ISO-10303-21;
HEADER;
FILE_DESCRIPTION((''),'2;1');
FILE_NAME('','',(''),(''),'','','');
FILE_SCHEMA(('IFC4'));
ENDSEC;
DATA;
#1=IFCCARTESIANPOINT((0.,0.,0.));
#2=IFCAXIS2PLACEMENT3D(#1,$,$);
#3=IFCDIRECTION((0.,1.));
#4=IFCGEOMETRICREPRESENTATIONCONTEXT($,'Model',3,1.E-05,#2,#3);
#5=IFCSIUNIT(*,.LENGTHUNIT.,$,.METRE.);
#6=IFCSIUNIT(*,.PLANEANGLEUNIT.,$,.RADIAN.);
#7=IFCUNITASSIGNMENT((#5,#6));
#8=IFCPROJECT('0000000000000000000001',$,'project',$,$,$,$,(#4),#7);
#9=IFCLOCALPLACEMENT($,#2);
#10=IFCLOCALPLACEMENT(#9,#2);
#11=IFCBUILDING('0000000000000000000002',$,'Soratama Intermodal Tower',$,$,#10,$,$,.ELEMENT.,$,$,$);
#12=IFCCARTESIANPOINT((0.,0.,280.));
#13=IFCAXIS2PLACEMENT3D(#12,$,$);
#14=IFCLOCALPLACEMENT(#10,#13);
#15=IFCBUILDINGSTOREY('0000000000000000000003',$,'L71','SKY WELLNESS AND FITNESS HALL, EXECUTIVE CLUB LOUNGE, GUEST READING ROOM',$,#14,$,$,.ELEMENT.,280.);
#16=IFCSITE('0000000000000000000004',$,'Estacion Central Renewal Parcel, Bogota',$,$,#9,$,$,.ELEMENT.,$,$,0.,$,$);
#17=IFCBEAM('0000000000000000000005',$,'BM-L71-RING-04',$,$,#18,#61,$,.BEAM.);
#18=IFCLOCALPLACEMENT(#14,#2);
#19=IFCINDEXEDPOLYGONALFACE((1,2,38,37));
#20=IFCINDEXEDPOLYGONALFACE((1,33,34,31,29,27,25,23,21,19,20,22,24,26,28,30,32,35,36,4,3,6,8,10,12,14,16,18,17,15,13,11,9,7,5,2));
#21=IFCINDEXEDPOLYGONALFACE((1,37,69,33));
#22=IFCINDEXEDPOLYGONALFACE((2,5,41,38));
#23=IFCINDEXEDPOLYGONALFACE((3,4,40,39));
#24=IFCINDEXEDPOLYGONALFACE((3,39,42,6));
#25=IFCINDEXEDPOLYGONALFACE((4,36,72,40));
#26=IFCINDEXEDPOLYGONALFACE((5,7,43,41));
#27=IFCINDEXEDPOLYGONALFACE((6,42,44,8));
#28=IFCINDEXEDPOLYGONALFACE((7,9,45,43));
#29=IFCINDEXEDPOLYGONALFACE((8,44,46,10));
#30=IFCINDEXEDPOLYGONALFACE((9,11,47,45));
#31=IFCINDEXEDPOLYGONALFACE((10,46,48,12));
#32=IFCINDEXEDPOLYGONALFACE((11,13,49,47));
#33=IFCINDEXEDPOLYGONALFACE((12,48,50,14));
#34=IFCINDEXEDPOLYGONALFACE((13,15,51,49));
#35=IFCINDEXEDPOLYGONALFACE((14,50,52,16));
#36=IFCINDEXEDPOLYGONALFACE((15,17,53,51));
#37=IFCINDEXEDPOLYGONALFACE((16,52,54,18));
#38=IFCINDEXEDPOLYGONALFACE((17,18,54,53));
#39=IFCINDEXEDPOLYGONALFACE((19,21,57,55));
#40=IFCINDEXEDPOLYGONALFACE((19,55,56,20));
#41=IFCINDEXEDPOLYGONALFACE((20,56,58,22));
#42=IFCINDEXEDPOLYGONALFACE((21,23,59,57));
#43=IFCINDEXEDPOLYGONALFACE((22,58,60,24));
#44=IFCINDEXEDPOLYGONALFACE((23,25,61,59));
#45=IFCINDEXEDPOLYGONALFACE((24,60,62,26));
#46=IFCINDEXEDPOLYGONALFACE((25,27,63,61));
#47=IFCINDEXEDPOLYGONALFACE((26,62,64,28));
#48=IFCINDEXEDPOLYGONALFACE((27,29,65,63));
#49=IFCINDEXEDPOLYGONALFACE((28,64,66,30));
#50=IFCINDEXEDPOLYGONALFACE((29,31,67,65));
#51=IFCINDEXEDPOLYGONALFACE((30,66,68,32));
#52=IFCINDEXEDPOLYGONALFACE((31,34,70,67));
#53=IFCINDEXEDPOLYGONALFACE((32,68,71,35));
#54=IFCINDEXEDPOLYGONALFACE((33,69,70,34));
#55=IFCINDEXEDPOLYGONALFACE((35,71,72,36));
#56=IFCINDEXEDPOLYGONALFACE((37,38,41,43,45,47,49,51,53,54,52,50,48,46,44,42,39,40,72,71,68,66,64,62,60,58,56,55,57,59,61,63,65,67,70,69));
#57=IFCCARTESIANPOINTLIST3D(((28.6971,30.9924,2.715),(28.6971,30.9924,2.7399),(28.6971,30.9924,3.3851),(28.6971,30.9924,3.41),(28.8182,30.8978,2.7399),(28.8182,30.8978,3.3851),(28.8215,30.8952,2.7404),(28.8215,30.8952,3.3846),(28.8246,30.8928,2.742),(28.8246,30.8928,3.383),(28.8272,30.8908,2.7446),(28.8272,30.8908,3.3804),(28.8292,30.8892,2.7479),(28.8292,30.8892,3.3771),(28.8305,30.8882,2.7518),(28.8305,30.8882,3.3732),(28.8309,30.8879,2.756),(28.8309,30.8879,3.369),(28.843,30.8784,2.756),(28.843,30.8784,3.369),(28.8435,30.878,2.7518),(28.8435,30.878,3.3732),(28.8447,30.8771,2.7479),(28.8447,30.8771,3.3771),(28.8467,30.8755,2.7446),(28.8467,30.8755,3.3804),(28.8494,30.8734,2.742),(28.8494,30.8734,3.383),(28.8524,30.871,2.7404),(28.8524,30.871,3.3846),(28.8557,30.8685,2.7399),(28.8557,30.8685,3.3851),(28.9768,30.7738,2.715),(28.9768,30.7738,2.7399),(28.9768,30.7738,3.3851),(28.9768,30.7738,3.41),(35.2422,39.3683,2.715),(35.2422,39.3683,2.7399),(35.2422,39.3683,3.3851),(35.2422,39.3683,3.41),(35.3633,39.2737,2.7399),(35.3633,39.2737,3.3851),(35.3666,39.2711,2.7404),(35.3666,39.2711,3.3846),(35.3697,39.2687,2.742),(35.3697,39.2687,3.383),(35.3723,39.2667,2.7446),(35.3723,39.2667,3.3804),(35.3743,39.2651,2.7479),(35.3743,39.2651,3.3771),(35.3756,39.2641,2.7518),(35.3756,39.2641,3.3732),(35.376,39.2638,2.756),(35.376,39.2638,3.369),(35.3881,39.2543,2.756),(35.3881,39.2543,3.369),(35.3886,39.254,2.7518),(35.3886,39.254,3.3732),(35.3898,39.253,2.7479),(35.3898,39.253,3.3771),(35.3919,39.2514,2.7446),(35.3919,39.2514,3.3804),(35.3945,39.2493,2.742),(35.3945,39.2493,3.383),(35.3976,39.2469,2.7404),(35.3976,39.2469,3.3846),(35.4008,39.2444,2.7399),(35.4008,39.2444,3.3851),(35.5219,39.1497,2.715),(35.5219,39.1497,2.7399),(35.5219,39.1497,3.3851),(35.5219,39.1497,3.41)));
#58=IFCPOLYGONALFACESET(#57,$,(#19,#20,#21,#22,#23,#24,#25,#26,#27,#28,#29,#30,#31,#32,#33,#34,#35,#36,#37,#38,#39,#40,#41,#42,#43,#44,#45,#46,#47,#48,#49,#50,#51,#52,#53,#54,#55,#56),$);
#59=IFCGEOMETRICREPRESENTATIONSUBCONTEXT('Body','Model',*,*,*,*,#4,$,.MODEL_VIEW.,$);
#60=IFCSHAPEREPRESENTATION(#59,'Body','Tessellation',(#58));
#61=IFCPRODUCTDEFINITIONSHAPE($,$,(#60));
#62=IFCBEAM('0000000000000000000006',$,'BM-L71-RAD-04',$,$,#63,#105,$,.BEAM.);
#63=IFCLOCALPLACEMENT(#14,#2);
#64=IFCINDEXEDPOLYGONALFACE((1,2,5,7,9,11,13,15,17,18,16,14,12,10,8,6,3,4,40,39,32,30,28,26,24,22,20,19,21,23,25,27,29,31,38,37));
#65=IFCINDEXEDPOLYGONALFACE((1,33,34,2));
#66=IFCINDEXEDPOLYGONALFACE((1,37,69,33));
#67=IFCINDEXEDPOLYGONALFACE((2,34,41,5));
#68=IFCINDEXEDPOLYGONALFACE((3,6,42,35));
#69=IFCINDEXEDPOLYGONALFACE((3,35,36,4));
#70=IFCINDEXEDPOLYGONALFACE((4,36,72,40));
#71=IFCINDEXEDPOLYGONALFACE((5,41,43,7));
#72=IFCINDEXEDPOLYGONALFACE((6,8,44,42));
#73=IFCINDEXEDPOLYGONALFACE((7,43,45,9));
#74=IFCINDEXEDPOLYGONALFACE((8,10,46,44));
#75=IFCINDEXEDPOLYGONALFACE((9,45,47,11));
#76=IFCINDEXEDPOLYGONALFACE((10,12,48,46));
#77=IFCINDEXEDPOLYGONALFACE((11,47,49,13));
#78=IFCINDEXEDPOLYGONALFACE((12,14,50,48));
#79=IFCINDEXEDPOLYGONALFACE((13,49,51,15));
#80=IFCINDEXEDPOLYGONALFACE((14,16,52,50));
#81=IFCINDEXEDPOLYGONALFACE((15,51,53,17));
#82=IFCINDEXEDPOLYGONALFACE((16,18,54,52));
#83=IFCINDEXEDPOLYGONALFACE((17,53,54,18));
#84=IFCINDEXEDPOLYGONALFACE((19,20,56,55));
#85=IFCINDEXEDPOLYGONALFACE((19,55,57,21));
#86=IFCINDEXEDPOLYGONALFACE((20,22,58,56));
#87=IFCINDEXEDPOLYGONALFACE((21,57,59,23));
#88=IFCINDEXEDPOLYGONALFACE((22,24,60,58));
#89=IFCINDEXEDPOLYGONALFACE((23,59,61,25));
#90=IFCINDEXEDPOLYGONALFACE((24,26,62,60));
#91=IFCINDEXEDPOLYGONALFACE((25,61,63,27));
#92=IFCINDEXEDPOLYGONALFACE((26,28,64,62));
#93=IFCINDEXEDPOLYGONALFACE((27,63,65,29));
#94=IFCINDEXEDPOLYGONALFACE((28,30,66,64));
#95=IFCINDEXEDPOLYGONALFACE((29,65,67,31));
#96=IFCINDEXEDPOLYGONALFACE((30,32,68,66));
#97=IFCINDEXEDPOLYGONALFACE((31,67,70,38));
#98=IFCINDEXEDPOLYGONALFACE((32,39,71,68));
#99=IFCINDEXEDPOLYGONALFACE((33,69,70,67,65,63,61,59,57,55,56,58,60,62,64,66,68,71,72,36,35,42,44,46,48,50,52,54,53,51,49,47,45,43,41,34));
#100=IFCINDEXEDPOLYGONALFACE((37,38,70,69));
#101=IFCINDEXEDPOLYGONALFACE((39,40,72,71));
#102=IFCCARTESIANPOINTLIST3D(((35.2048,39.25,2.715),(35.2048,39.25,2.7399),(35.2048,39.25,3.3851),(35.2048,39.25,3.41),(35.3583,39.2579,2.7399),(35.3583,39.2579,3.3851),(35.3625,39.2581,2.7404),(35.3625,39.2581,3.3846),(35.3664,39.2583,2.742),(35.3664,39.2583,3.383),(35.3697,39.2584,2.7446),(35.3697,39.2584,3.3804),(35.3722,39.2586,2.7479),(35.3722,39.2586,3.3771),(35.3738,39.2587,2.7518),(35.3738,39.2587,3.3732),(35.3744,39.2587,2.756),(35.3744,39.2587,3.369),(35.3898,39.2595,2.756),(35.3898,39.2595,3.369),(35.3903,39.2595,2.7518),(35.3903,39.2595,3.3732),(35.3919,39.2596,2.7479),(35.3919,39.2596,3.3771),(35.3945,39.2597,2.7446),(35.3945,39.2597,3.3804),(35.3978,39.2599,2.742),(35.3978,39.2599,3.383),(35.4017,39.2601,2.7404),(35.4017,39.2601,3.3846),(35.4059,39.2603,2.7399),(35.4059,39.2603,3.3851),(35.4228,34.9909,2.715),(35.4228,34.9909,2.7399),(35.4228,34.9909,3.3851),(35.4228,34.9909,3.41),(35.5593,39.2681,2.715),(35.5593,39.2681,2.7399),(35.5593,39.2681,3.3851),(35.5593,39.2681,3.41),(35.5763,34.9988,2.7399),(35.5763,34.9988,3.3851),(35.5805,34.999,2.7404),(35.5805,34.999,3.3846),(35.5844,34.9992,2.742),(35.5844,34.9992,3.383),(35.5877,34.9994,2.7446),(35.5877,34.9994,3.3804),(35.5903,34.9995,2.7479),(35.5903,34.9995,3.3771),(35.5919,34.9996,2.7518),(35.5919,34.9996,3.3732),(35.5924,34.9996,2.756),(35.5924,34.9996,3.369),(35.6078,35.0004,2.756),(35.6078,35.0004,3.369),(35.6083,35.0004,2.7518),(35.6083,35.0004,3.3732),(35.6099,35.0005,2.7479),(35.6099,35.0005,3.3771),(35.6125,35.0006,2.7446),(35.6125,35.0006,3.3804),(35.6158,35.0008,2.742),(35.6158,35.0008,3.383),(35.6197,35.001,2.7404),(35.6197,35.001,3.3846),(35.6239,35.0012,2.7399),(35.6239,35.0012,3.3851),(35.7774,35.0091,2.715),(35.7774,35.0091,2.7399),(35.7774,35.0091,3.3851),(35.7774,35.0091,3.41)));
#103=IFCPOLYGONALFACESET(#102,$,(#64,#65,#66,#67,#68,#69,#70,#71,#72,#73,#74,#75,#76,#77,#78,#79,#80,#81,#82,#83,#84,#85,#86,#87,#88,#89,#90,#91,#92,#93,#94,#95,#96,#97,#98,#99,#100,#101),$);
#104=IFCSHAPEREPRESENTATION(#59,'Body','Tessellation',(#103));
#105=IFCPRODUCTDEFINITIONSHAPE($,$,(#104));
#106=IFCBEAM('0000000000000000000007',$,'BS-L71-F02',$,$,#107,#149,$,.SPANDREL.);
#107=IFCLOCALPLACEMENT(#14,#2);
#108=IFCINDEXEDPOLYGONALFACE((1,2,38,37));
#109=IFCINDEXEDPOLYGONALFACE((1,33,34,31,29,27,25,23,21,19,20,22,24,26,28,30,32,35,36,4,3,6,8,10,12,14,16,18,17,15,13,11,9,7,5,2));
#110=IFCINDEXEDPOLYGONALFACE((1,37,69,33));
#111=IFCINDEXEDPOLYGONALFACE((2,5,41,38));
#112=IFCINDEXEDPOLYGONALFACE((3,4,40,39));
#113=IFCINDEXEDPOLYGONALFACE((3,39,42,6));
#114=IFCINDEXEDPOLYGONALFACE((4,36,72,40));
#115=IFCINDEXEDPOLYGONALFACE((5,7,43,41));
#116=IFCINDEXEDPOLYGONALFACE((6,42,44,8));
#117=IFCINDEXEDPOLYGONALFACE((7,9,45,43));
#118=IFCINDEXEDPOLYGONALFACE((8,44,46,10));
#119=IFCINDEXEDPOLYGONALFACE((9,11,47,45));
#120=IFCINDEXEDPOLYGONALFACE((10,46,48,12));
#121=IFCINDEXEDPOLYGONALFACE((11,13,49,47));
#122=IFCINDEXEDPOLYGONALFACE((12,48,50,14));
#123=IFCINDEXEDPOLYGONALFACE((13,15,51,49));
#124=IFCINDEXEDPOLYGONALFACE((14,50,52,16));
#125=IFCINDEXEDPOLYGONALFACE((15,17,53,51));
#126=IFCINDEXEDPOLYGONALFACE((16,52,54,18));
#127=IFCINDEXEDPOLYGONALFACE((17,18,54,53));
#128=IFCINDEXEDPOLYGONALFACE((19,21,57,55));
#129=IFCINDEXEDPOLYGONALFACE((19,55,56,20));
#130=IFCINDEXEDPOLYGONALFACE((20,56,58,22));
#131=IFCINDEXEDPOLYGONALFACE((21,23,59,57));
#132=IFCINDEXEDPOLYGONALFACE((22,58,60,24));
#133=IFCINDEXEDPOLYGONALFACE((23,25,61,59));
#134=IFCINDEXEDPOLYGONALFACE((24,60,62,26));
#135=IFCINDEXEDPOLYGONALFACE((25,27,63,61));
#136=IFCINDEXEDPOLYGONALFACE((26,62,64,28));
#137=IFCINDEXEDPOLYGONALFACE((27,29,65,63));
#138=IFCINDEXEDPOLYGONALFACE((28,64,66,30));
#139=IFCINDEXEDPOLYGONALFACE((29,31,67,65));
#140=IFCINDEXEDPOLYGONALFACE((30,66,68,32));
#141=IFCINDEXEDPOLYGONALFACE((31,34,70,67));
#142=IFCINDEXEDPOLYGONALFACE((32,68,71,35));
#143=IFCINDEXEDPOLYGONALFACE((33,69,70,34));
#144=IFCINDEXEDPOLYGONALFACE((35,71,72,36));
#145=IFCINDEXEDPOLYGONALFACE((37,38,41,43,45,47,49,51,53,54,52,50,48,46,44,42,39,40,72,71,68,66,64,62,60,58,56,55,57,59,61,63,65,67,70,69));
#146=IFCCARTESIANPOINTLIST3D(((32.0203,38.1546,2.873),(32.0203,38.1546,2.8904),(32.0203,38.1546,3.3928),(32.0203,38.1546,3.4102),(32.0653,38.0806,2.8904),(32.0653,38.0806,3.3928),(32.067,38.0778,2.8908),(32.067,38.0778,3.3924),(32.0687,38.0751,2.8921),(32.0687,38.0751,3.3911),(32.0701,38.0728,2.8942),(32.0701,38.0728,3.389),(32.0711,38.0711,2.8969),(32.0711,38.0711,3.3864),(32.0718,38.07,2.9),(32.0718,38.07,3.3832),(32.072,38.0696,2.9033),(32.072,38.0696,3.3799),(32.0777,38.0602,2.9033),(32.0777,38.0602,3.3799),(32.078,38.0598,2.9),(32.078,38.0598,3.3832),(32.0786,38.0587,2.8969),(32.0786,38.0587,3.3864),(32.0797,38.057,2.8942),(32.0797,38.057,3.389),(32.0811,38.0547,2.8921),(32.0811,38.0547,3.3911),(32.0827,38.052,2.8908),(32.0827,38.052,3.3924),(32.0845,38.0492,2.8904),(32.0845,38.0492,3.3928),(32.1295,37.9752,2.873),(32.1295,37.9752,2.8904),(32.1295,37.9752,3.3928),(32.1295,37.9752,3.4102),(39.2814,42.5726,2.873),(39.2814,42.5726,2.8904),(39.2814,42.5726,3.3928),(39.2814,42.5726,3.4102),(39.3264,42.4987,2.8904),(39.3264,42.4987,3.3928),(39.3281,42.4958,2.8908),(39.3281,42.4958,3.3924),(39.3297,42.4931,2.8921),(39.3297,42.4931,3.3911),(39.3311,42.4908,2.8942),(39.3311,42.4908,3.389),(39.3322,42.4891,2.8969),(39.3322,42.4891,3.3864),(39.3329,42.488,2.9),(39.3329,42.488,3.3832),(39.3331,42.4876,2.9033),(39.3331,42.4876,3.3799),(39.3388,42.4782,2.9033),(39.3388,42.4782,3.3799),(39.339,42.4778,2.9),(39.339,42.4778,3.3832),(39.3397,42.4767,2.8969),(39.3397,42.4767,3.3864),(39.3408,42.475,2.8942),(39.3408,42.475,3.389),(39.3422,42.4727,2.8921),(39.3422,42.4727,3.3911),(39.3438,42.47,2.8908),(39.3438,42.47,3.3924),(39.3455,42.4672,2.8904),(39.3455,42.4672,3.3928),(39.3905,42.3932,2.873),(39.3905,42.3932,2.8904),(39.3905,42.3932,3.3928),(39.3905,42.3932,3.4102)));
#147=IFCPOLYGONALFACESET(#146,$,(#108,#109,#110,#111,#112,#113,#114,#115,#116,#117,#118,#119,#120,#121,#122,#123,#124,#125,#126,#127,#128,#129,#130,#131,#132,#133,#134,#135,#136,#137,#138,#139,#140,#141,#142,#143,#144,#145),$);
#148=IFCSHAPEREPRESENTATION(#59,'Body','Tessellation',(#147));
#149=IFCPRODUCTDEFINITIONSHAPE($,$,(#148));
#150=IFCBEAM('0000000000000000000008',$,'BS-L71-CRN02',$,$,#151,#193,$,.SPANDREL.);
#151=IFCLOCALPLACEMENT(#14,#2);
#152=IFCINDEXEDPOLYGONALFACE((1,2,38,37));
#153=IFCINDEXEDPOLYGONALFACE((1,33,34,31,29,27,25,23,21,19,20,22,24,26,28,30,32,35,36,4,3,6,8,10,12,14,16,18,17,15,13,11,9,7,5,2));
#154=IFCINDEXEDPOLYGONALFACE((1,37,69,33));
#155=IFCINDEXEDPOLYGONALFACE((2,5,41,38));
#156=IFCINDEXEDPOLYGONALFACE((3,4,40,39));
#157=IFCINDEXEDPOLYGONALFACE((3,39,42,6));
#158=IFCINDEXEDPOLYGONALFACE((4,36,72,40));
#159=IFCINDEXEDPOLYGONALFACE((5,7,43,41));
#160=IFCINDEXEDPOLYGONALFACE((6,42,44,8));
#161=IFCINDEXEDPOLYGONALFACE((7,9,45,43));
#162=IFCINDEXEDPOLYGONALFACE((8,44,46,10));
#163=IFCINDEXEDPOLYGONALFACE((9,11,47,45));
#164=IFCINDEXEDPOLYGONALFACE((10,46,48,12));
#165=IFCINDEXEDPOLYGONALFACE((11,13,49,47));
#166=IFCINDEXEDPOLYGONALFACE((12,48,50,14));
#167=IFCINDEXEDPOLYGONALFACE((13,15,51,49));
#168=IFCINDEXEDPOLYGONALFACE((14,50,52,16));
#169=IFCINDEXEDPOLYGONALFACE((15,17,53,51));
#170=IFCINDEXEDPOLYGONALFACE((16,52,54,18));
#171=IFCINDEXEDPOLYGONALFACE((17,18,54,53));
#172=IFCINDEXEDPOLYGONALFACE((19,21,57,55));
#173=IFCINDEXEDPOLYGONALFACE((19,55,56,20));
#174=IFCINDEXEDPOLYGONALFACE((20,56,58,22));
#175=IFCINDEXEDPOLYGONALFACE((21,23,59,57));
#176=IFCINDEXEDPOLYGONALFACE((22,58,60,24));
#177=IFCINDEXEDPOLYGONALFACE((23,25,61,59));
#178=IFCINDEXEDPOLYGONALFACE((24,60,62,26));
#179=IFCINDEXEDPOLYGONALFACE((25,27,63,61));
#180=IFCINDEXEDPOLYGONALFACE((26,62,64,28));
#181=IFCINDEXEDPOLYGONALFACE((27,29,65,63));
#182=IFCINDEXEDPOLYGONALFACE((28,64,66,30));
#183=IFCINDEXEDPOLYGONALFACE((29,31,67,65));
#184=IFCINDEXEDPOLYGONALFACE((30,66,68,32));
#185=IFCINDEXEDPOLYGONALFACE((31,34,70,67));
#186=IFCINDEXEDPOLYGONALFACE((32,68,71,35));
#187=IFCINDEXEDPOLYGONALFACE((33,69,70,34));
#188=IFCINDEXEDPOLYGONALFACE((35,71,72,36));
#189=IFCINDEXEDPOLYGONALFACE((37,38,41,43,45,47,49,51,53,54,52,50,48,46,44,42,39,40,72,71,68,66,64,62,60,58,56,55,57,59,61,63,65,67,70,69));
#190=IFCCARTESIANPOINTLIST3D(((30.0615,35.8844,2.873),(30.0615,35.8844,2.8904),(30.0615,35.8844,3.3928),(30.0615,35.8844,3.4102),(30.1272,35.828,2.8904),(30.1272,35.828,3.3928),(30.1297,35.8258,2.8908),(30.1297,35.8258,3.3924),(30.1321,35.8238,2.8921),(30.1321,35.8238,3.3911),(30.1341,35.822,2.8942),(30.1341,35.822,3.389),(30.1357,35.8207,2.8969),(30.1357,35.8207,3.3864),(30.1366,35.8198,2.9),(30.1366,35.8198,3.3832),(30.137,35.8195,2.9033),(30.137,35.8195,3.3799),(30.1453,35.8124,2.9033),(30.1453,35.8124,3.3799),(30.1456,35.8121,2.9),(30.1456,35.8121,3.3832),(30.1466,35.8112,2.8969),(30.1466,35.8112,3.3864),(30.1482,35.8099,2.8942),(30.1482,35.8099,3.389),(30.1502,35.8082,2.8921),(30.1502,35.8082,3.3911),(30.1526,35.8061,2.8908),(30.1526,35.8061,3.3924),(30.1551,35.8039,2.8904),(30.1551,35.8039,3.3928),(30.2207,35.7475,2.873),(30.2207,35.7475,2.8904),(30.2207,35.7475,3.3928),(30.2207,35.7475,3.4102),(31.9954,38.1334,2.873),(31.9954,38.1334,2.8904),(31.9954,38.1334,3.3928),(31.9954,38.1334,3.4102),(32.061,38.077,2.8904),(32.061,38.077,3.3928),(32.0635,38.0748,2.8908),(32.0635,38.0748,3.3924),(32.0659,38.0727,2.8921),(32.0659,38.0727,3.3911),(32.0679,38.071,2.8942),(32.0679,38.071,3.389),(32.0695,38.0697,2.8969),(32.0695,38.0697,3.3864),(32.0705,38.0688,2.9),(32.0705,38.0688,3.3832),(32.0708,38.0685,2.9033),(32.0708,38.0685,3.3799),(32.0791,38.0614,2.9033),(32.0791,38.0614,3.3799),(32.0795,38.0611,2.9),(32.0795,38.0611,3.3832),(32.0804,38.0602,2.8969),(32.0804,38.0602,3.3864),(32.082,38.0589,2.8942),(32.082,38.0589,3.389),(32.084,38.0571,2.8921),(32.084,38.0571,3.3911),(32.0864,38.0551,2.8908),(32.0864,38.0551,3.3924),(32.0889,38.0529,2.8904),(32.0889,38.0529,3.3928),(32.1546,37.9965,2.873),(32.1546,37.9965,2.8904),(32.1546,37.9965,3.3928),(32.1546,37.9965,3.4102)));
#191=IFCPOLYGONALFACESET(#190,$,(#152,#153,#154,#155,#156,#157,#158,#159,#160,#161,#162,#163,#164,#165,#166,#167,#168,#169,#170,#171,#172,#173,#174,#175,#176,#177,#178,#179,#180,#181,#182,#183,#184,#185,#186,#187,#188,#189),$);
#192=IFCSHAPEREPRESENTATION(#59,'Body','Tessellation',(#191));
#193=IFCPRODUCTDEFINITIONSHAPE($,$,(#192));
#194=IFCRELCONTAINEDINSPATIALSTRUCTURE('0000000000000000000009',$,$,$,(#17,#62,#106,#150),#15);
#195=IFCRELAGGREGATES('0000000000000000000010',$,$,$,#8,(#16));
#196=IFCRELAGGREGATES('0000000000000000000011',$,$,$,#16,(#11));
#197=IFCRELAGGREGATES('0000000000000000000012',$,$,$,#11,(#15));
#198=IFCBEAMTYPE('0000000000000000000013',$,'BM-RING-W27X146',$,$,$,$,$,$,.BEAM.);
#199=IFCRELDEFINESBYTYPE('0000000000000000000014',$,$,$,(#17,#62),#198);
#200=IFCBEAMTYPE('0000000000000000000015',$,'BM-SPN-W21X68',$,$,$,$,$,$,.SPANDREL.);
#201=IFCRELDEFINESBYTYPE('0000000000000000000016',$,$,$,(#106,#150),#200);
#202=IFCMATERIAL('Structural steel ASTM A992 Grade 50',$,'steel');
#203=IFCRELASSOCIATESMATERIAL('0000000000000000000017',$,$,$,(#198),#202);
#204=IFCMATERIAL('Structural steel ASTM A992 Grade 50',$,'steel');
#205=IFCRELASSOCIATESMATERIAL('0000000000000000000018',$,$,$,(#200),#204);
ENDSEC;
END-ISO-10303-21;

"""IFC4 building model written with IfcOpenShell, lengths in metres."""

from ifc_helpers import new_model, si_unit, direction, frame, origin, origin_2d, place, context, subcontext, project, spatial, i_section, extrude, material, material_profile, profile_set, type_object, element, save


model = new_model("IFC4")

# Units and contexts
model_context = context("Model", 3, precision=1e-05, world=origin(), true_north=direction((0.0, 1.0)))
body_context = subcontext(model_context, "Body", "Model", "MODEL_VIEW")
ifc_project = project(units=[si_unit("LENGTHUNIT", "METRE"), si_unit("PLANEANGLEUNIT", "RADIAN")], contexts=[model_context])

# Site, building, storey
site_placement = place(None, origin())
site = spatial("IfcSite", under=ifc_project, at=site_placement, Name="Estacion Central Renewal Parcel, Bogota", CompositionType="ELEMENT", RefElevation=0.0)
building_placement = place(site_placement, origin())
building = spatial("IfcBuilding", under=site, at=building_placement, Name="Soratama Intermodal Tower", CompositionType="ELEMENT")
storey_placement = place(building_placement, frame((0.0, 0.0, 280.0)))
storey = spatial("IfcBuildingStorey", under=building, at=storey_placement, Name="L71", Description="SKY WELLNESS AND FITNESS HALL, EXECUTIVE CLUB LOUNGE, GUEST READING ROOM", CompositionType="ELEMENT", Elevation=280.0)

# Beams
ifc_material_1 = material(Name="Structural steel ASTM A992 Grade 50", Category="steel")
ifc_material_profile_1 = material_profile(ifc_material_1, i_section(OverallWidth=0.355, OverallDepth=0.6951, WebThickness=0.0154, FlangeThickness=0.0249, FilletRadius=0.0161, at=origin_2d()), Name="W27X146")
ifc_profile_set_1 = profile_set([ifc_material_profile_1], Name="Structural steel ASTM A992 Grade 50")
beam_type_1 = type_object("IfcBeamType", Name="BM-RING-W27X146", PredefinedType="BEAM", material=ifc_profile_set_1)
beam_1_placement = place(storey_placement, frame((35.3821, 39.259, 3.0625), z_axis=(-0.615728, -0.787959, 0.0), x_axis=(0.787959, -0.615728, 0.0)))
element("IfcBeam", 1, at=beam_1_placement, inside=storey, type_object=beam_type_1, Name="BM-L71-RING-04", PredefinedType="BEAM", context=body_context, shape_type="SweptSolid", body=[
    extrude(i_section(OverallWidth=0.355, OverallDepth=0.6951, WebThickness=0.0154, FlangeThickness=0.0249, FilletRadius=0.0161, at=origin_2d()), origin(), (0.0, 0.0, 1.0), 10.6299),
])
beam_2_placement = place(storey_placement, frame((35.6001, 35.0, 3.0625), z_axis=(-0.051123, 0.998692, 0.0), x_axis=(-0.998692, -0.051123, 0.0)))
element("IfcBeam", 2, at=beam_2_placement, inside=storey, type_object=beam_type_1, Name="BM-L71-RAD-04", PredefinedType="BEAM", context=body_context, shape_type="SweptSolid", body=[
    extrude(i_section(OverallWidth=0.355, OverallDepth=0.6951, WebThickness=0.0154, FlangeThickness=0.0249, FilletRadius=0.0161, at=origin_2d()), origin(), (0.0, 0.0, 1.0), 4.2646),
])
ifc_material_2 = material(Name="Structural steel ASTM A992 Grade 50", Category="steel")
ifc_material_profile_2 = material_profile(ifc_material_2, i_section(OverallWidth=0.21, OverallDepth=0.5371, WebThickness=0.011, FlangeThickness=0.0173, FilletRadius=0.0129, at=origin_2d()), Name="W21X68")
ifc_profile_set_2 = profile_set([ifc_material_profile_2], Name="Structural steel ASTM A992 Grade 50")
beam_type_2 = type_object("IfcBeamType", Name="BM-SPN-W21X68", PredefinedType="SPANDREL", material=ifc_profile_set_2)
beam_3_placement = place(storey_placement, frame((39.3359, 42.4829, 3.1416), z_axis=(-0.854291, -0.519796, 0.0), x_axis=(0.519796, -0.854291, 0.0)))
element("IfcBeam", 3, at=beam_3_placement, inside=storey, type_object=beam_type_2, Name="BS-L71-F02", PredefinedType="SPANDREL", context=body_context, shape_type="SweptSolid", body=[
    extrude(i_section(OverallWidth=0.21, OverallDepth=0.5371, WebThickness=0.011, FlangeThickness=0.0173, FilletRadius=0.0129, at=origin_2d()), origin(), (0.0, 0.0, 1.0), 8.4995),
])
beam_4_placement = place(storey_placement, frame((32.075, 38.0649, 3.1416), z_axis=(-0.651977, -0.758239, 0.0), x_axis=(0.758239, -0.651977, 0.0)))
element("IfcBeam", 4, at=beam_4_placement, inside=storey, type_object=beam_type_2, Name="BS-L71-CRN02", PredefinedType="SPANDREL", context=body_context, shape_type="SweptSolid", body=[
    extrude(i_section(OverallWidth=0.21, OverallDepth=0.5371, WebThickness=0.011, FlangeThickness=0.0173, FilletRadius=0.0129, at=origin_2d()), origin(), (0.0, 0.0, 1.0), 2.9661),
])

save(model, "model.ifc")
